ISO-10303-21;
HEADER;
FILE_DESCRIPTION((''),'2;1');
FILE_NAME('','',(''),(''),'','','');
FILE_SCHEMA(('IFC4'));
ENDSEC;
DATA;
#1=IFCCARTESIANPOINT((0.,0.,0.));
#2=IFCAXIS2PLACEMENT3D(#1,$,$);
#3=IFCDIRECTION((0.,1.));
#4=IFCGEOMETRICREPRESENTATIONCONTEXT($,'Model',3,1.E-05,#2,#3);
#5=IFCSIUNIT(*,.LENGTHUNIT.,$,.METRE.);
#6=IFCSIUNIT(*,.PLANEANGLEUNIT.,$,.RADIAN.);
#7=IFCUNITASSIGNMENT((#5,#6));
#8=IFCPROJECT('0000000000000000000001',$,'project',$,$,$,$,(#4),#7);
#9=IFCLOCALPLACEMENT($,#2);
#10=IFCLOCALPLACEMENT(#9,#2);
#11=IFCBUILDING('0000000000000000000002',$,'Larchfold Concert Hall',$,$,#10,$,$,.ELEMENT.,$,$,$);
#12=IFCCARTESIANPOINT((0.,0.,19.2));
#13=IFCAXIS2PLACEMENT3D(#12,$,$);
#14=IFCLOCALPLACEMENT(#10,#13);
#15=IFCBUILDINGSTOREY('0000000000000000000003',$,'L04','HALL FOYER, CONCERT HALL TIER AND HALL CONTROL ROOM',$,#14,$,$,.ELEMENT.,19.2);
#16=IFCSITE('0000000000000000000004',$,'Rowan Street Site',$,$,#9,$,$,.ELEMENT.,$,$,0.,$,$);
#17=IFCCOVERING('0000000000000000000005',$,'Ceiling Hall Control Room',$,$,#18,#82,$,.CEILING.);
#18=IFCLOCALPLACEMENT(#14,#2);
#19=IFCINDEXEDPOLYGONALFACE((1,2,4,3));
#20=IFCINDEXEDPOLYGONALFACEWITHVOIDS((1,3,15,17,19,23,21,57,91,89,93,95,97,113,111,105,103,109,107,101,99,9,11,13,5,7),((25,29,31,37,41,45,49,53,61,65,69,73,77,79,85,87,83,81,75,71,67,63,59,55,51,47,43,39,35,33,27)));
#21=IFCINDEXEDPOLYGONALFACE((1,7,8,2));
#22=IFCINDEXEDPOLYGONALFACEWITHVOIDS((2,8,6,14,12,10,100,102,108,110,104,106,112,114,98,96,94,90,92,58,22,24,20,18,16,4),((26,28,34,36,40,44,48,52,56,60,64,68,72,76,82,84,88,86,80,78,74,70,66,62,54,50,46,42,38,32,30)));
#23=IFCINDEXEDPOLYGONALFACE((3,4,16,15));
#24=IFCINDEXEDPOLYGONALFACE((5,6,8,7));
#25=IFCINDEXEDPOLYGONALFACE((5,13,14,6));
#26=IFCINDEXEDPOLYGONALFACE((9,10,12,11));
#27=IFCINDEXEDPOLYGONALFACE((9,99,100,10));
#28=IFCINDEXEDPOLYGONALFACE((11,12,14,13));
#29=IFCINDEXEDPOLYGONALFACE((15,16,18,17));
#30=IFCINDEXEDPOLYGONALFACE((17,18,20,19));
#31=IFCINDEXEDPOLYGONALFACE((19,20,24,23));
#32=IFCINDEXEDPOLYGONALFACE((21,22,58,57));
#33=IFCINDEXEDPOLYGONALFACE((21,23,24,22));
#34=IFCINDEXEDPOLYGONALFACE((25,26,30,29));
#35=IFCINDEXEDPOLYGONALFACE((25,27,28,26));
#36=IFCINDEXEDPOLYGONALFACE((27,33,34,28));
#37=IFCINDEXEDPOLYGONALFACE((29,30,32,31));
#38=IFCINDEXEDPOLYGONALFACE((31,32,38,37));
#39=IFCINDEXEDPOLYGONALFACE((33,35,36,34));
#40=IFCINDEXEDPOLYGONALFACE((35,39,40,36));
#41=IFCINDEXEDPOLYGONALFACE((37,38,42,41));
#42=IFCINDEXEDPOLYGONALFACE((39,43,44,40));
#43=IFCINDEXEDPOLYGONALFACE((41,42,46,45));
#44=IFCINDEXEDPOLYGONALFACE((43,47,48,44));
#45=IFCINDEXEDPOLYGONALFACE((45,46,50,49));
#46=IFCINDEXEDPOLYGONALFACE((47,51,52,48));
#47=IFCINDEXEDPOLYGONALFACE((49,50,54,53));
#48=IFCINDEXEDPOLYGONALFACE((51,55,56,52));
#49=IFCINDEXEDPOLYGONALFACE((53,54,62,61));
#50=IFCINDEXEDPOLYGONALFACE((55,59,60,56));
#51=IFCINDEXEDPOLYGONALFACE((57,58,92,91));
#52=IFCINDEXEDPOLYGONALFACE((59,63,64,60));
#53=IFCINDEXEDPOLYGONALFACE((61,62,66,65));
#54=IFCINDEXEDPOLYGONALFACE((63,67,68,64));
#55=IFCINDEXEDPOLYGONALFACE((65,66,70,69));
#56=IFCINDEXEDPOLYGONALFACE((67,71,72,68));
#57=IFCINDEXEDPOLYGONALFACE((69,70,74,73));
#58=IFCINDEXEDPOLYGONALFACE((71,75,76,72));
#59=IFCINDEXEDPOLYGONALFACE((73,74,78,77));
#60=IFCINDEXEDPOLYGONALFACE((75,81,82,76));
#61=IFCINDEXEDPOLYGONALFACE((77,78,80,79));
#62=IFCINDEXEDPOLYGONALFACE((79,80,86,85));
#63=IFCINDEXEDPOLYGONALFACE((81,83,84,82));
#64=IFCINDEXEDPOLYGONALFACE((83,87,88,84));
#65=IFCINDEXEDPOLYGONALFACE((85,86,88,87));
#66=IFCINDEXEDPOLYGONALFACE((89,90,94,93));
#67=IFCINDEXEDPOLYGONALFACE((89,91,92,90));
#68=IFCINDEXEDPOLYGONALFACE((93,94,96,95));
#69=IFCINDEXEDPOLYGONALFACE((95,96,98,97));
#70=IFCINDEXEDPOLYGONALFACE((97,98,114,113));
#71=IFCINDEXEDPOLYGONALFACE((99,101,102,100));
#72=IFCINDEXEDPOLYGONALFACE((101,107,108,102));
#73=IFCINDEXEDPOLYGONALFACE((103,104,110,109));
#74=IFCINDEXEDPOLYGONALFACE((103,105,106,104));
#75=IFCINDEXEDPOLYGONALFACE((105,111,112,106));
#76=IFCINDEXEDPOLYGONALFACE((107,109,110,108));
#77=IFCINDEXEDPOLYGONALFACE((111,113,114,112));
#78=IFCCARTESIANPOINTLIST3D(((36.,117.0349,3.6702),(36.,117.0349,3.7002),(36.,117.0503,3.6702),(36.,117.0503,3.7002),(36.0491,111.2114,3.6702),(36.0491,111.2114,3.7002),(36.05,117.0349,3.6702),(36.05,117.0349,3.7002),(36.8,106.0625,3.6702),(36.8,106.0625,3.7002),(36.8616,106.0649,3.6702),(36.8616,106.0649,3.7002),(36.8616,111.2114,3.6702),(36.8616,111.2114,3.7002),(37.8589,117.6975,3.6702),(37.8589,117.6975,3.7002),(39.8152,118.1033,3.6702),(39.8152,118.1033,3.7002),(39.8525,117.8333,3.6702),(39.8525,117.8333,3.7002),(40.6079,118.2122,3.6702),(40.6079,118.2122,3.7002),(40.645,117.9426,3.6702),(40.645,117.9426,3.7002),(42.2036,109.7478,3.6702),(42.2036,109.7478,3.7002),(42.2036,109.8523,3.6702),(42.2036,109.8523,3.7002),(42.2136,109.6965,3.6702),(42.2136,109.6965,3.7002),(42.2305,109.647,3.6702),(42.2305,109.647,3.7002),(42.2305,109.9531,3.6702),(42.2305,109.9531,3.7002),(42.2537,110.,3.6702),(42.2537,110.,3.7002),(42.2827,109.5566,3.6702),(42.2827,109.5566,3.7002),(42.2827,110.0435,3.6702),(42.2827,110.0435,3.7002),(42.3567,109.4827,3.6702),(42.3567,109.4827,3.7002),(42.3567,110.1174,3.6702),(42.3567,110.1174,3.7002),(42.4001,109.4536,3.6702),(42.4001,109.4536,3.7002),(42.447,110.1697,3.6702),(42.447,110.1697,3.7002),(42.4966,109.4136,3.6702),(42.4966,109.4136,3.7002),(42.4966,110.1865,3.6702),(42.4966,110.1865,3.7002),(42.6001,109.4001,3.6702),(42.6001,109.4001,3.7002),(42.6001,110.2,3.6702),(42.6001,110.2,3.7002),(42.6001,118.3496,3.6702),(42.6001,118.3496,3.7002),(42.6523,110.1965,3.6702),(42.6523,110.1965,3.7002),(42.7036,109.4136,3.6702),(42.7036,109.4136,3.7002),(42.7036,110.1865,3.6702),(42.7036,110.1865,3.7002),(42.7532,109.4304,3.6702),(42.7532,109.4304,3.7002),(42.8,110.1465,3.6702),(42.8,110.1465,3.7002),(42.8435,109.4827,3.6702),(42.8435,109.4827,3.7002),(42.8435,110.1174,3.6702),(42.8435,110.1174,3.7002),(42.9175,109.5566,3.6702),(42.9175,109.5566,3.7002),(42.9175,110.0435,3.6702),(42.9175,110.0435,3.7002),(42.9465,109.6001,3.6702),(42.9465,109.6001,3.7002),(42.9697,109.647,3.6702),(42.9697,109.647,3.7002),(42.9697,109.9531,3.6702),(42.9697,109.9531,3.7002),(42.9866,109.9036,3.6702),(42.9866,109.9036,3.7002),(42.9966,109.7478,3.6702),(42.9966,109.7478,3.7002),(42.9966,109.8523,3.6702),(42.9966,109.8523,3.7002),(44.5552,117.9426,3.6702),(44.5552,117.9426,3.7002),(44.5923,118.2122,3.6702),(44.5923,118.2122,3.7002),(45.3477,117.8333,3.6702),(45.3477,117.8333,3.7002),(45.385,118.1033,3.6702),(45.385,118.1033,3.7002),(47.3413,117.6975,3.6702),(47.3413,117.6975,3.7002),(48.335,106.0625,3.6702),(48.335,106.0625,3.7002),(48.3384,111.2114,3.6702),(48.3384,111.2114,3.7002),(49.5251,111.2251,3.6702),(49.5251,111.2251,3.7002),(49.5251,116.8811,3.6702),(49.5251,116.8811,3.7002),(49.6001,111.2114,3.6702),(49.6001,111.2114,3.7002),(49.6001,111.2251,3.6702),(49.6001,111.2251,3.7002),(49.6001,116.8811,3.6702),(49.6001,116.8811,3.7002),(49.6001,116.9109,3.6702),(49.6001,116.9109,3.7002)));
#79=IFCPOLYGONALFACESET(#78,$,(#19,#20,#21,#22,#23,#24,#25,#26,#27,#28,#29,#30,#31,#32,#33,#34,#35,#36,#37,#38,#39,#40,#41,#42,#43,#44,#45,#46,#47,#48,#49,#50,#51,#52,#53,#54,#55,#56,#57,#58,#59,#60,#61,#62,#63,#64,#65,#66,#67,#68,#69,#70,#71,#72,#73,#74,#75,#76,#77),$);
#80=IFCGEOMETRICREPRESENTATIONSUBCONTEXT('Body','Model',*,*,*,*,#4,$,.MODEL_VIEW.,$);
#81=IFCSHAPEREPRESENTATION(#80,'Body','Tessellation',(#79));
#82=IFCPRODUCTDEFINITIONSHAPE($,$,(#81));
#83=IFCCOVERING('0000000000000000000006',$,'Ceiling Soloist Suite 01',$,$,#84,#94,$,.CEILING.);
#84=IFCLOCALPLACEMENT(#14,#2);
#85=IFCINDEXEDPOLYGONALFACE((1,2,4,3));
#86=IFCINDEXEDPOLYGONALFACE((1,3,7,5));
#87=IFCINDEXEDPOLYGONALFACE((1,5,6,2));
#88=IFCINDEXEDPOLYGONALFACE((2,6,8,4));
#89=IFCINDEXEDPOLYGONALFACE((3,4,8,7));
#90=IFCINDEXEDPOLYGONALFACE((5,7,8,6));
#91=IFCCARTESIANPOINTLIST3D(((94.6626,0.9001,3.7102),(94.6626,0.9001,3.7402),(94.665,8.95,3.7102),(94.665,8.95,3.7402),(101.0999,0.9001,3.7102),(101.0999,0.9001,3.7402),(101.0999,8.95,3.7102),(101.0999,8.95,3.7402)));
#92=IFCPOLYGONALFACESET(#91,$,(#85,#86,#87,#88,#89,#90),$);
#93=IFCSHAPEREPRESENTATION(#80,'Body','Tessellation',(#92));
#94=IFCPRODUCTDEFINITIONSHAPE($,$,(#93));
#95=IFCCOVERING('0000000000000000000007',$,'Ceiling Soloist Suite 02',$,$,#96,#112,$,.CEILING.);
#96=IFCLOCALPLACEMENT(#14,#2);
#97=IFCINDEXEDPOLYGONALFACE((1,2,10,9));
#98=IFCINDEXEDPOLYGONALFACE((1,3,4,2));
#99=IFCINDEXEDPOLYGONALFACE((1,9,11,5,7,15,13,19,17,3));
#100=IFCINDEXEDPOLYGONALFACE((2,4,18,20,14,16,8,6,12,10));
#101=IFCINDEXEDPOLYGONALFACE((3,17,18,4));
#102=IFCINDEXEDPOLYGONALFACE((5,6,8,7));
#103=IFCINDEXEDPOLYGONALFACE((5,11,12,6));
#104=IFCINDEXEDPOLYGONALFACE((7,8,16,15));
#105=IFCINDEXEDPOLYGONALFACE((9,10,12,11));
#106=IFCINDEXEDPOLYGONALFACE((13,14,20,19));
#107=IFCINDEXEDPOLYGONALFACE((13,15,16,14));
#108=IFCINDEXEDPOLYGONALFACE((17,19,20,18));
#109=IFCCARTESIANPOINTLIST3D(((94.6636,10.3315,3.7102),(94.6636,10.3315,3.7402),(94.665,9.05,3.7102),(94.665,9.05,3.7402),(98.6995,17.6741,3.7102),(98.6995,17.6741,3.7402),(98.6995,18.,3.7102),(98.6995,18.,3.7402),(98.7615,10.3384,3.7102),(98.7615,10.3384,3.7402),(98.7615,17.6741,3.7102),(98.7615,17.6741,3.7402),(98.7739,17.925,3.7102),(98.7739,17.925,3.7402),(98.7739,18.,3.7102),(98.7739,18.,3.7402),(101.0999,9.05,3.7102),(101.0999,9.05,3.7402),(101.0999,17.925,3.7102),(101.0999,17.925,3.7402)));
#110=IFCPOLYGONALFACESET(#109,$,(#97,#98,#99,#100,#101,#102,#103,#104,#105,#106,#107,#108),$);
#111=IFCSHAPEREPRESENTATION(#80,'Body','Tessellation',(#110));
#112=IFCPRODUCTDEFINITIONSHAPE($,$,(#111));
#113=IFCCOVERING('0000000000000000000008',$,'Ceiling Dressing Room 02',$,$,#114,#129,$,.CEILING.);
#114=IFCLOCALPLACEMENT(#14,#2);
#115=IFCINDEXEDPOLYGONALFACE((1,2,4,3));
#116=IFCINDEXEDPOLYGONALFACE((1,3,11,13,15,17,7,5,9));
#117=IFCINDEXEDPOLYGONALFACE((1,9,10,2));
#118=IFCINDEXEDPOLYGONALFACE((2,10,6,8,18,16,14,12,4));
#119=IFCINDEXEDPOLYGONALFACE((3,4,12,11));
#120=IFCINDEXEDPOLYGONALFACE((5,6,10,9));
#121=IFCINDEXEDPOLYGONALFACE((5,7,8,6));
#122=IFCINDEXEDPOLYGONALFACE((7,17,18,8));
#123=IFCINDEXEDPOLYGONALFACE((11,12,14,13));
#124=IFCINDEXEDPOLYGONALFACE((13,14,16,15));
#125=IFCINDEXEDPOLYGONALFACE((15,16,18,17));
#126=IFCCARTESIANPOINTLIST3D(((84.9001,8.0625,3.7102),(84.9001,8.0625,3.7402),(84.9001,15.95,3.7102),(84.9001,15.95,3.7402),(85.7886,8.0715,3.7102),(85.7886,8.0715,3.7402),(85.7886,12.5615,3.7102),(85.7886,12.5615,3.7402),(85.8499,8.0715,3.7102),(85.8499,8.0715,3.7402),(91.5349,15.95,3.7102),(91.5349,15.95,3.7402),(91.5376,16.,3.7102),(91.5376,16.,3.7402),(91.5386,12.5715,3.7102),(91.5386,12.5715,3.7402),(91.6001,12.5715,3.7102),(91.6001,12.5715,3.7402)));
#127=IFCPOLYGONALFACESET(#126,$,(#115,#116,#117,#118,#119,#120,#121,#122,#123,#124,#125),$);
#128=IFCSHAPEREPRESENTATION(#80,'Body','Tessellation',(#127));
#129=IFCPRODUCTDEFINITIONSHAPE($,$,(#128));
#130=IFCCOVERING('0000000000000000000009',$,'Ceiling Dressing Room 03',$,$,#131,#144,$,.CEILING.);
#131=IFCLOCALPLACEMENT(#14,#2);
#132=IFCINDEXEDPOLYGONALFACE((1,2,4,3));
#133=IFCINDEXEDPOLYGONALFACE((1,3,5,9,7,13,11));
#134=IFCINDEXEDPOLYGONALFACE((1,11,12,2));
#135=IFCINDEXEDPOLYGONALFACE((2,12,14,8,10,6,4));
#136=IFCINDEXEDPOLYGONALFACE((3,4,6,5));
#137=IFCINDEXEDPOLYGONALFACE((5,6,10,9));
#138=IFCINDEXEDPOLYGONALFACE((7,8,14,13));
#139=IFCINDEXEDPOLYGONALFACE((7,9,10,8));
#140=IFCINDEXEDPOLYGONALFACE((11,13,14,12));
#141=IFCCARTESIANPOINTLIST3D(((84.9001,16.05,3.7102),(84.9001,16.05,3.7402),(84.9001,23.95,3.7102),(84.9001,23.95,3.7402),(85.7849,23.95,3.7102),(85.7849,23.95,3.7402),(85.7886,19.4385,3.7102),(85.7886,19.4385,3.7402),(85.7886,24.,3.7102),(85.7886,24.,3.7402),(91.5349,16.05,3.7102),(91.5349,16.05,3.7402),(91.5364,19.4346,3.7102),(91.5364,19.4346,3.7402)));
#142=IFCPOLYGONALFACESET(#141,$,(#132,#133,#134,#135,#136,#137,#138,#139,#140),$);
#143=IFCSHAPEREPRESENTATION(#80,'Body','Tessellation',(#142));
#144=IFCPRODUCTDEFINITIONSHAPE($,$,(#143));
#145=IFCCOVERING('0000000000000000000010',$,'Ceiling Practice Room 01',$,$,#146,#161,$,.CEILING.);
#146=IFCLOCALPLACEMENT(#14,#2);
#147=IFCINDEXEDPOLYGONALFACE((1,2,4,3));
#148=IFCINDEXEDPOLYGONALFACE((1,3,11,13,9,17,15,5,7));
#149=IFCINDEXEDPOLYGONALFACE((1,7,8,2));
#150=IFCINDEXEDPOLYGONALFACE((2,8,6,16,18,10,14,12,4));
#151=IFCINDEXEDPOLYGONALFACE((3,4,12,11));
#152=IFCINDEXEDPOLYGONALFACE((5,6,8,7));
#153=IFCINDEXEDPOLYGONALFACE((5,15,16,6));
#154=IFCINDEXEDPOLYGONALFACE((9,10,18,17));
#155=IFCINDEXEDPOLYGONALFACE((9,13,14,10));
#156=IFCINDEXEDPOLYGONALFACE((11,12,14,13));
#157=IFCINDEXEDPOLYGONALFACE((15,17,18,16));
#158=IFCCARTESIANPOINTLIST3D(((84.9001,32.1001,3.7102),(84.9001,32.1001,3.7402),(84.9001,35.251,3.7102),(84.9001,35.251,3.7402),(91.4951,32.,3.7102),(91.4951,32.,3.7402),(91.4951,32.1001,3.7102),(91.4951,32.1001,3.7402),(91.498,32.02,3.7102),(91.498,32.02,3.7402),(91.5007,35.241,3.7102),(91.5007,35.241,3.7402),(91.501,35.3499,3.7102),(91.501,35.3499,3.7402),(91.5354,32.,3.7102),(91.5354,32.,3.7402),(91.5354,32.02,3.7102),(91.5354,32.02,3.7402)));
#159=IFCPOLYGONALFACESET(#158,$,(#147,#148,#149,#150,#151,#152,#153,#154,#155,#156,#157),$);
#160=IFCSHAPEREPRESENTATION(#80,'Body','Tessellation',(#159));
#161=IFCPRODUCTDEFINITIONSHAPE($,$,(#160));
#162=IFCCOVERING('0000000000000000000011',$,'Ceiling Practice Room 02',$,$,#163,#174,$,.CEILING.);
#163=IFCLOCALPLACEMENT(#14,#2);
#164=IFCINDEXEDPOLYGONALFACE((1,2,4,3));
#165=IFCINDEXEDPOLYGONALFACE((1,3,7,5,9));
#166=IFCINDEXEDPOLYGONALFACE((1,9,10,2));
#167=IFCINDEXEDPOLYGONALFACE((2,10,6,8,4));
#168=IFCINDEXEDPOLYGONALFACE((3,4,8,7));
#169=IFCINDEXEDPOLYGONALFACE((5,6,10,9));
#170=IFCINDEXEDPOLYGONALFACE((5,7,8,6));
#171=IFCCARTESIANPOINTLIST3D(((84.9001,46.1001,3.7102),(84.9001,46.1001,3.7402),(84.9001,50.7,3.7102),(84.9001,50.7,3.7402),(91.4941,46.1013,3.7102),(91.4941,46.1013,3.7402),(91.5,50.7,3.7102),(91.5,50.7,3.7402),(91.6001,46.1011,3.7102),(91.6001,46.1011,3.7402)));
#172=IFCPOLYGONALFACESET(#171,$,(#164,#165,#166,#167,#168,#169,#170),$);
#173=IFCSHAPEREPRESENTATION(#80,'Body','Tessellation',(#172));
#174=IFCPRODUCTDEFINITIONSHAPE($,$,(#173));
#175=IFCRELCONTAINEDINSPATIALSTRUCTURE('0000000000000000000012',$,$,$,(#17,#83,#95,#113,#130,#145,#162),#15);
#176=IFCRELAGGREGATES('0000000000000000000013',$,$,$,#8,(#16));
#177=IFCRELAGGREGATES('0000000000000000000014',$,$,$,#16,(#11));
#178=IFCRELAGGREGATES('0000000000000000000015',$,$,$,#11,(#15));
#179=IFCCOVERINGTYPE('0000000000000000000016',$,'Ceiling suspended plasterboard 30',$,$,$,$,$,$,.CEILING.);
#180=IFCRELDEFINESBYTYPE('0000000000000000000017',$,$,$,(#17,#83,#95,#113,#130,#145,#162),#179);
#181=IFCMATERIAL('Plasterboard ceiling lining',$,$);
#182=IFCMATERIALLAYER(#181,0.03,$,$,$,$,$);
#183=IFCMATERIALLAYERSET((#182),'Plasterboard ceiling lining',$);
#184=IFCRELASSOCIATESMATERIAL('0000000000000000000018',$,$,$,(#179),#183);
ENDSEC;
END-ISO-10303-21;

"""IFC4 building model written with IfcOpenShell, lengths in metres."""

from ifc_helpers import new_model, si_unit, direction, frame, origin, place, context, subcontext, project, spatial, polyline, outline, extrude, material, layer, layer_set, type_object, element, save


model = new_model("IFC4")

# Units and contexts
model_context = context("Model", 3, precision=1e-05, world=origin(), true_north=direction((0.0, 1.0)))
body_context = subcontext(model_context, "Body", "Model", "MODEL_VIEW")
ifc_project = project(units=[si_unit("LENGTHUNIT", "METRE"), si_unit("PLANEANGLEUNIT", "RADIAN")], contexts=[model_context])

# Site, building, storey
site_placement = place(None, origin())
site = spatial("IfcSite", under=ifc_project, at=site_placement, Name="Rowan Street Site", CompositionType="ELEMENT", RefElevation=0.0)
building_placement = place(site_placement, origin())
building = spatial("IfcBuilding", under=site, at=building_placement, Name="Larchfold Concert Hall", CompositionType="ELEMENT")
storey_placement = place(building_placement, frame((0.0, 0.0, 19.2)))
storey = spatial("IfcBuildingStorey", under=building, at=storey_placement, Name="L04", Description="HALL FOYER, CONCERT HALL TIER AND HALL CONTROL ROOM", CompositionType="ELEMENT", Elevation=19.2)

# Coverings
ifc_material_1 = material(Name="Plasterboard ceiling lining")
ifc_layer_1 = layer(ifc_material_1, 0.03)
ifc_layer_set_1 = layer_set([ifc_layer_1], Name="Plasterboard ceiling lining")
covering_type_1 = type_object("IfcCoveringType", Name="Ceiling suspended plasterboard 30", PredefinedType="CEILING", material=ifc_layer_set_1)
covering_1_placement = place(storey_placement, frame((0.0, 0.0, 3.6702)))
element("IfcCovering", 1, at=covering_1_placement, inside=storey, type_object=covering_type_1, Name="Ceiling Hall Control Room", PredefinedType="CEILING", context=body_context, shape_type="SweptSolid", body=[
    extrude(outline(polyline([(36.8, 106.0625), (48.335, 106.0625), (48.335, 106.0), (48.3384, 111.2114), (49.6001, 111.2114), (49.6001, 111.2251), (49.5251, 111.2251), (49.5251, 116.8811), (49.6001, 116.8811), (49.6001, 116.9109), (47.3413, 117.6975), (45.385, 118.1033), (45.3477, 117.8333), (44.5552, 117.9426), (44.5923, 118.2122), (42.6001, 118.3496), (40.6079, 118.2122), (40.645, 117.9426), (39.8525, 117.8333), (39.8152, 118.1033), (37.8589, 117.6975), (36.0, 117.0503), (36.0, 117.0349), (36.05, 117.0349), (36.0491, 111.2114), (36.8616, 111.2114), (36.8616, 106.0649), (36.8, 106.0625)]), holes=[polyline([(42.4966, 109.4136), (42.4001, 109.4536), (42.3567, 109.4827), (42.2827, 109.5566), (42.2305, 109.647), (42.2136, 109.6965), (42.2036, 109.7478), (42.2036, 109.8523), (42.2305, 109.9531), (42.2537, 110.0), (42.2827, 110.0435), (42.3567, 110.1174), (42.447, 110.1697), (42.4966, 110.1865), (42.6001, 110.2), (42.6523, 110.1965), (42.7036, 110.1865), (42.8, 110.1465), (42.8435, 110.1174), (42.9175, 110.0435), (42.9697, 109.9531), (42.9866, 109.9036), (42.9966, 109.8523), (42.9966, 109.7478), (42.9697, 109.647), (42.9465, 109.6001), (42.9175, 109.5566), (42.8435, 109.4827), (42.7532, 109.4304), (42.7036, 109.4136), (42.6001, 109.4001), (42.4966, 109.4136)])]), origin(), (0.0, 0.0, 1.0), 0.03),
])
covering_2_placement = place(storey_placement, frame((0.0, 0.0, 3.7102)))
element("IfcCovering", 2, at=covering_2_placement, inside=storey, type_object=covering_type_1, Name="Ceiling Soloist Suite 01", PredefinedType="CEILING", context=body_context, shape_type="SweptSolid", body=[
    extrude(outline(polyline([(94.665, 9.0), (94.6626, 0.9001), (101.0999, 0.9001), (101.0999, 8.95), (94.665, 8.95), (94.665, 9.0)])), origin(), (0.0, 0.0, 1.0), 0.03),
])
covering_3_placement = place(storey_placement, frame((0.0, 0.0, 3.7102)))
element("IfcCovering", 3, at=covering_3_placement, inside=storey, type_object=covering_type_1, Name="Ceiling Soloist Suite 02", PredefinedType="CEILING", context=body_context, shape_type="SweptSolid", body=[
    extrude(outline(polyline([(94.665, 9.0), (94.665, 9.05), (101.0999, 9.05), (101.0999, 17.925), (98.7739, 17.925), (98.7739, 18.0), (98.6995, 18.0), (98.6995, 17.6741), (98.7615, 17.6741), (98.7615, 10.3384), (94.6636, 10.3315), (94.665, 9.0)])), origin(), (0.0, 0.0, 1.0), 0.03),
])
covering_4_placement = place(storey_placement, frame((0.0, 0.0, 3.7102)))
element("IfcCovering", 4, at=covering_4_placement, inside=storey, type_object=covering_type_1, Name="Ceiling Dressing Room 02", PredefinedType="CEILING", context=body_context, shape_type="SweptSolid", body=[
    extrude(outline(polyline([(85.8499, 8.0715), (85.7886, 8.0715), (85.7886, 12.5615), (91.6001, 12.5715), (91.5386, 12.5715), (91.5376, 16.0), (91.5349, 15.95), (84.9001, 15.95), (84.9001, 8.0625), (85.8499, 8.0715)])), origin(), (0.0, 0.0, 1.0), 0.03),
])
covering_5_placement = place(storey_placement, frame((0.0, 0.0, 3.7102)))
element("IfcCovering", 5, at=covering_5_placement, inside=storey, type_object=covering_type_1, Name="Ceiling Dressing Room 03", PredefinedType="CEILING", context=body_context, shape_type="SweptSolid", body=[
    extrude(outline(polyline([(85.7886, 24.0), (85.7849, 23.95), (84.9001, 23.95), (84.9001, 16.05), (91.5349, 16.05), (91.5349, 16.0), (91.5364, 19.4346), (85.7886, 19.4385), (85.7886, 24.0)])), origin(), (0.0, 0.0, 1.0), 0.03),
])
covering_6_placement = place(storey_placement, frame((0.0, 0.0, 3.7102)))
element("IfcCovering", 6, at=covering_6_placement, inside=storey, type_object=covering_type_1, Name="Ceiling Practice Room 01", PredefinedType="CEILING", context=body_context, shape_type="SweptSolid", body=[
    extrude(outline(polyline([(91.4951, 32.1001), (91.4951, 32.0), (91.5354, 32.0), (91.5354, 32.02), (91.498, 32.02), (91.501, 35.3499), (91.5007, 35.241), (84.9001, 35.251), (84.9001, 32.1001), (91.4951, 32.1001)])), origin(), (0.0, 0.0, 1.0), 0.03),
])
covering_7_placement = place(storey_placement, frame((0.0, 0.0, 3.7102)))
element("IfcCovering", 7, at=covering_7_placement, inside=storey, type_object=covering_type_1, Name="Ceiling Practice Room 02", PredefinedType="CEILING", context=body_context, shape_type="SweptSolid", body=[
    extrude(outline(polyline([(84.9001, 50.7), (84.9001, 46.1001), (91.6001, 46.1011), (91.4941, 46.1013), (91.5, 50.7), (84.9001, 50.7)])), origin(), (0.0, 0.0, 1.0), 0.03),
])

save(model, "model.ifc")
